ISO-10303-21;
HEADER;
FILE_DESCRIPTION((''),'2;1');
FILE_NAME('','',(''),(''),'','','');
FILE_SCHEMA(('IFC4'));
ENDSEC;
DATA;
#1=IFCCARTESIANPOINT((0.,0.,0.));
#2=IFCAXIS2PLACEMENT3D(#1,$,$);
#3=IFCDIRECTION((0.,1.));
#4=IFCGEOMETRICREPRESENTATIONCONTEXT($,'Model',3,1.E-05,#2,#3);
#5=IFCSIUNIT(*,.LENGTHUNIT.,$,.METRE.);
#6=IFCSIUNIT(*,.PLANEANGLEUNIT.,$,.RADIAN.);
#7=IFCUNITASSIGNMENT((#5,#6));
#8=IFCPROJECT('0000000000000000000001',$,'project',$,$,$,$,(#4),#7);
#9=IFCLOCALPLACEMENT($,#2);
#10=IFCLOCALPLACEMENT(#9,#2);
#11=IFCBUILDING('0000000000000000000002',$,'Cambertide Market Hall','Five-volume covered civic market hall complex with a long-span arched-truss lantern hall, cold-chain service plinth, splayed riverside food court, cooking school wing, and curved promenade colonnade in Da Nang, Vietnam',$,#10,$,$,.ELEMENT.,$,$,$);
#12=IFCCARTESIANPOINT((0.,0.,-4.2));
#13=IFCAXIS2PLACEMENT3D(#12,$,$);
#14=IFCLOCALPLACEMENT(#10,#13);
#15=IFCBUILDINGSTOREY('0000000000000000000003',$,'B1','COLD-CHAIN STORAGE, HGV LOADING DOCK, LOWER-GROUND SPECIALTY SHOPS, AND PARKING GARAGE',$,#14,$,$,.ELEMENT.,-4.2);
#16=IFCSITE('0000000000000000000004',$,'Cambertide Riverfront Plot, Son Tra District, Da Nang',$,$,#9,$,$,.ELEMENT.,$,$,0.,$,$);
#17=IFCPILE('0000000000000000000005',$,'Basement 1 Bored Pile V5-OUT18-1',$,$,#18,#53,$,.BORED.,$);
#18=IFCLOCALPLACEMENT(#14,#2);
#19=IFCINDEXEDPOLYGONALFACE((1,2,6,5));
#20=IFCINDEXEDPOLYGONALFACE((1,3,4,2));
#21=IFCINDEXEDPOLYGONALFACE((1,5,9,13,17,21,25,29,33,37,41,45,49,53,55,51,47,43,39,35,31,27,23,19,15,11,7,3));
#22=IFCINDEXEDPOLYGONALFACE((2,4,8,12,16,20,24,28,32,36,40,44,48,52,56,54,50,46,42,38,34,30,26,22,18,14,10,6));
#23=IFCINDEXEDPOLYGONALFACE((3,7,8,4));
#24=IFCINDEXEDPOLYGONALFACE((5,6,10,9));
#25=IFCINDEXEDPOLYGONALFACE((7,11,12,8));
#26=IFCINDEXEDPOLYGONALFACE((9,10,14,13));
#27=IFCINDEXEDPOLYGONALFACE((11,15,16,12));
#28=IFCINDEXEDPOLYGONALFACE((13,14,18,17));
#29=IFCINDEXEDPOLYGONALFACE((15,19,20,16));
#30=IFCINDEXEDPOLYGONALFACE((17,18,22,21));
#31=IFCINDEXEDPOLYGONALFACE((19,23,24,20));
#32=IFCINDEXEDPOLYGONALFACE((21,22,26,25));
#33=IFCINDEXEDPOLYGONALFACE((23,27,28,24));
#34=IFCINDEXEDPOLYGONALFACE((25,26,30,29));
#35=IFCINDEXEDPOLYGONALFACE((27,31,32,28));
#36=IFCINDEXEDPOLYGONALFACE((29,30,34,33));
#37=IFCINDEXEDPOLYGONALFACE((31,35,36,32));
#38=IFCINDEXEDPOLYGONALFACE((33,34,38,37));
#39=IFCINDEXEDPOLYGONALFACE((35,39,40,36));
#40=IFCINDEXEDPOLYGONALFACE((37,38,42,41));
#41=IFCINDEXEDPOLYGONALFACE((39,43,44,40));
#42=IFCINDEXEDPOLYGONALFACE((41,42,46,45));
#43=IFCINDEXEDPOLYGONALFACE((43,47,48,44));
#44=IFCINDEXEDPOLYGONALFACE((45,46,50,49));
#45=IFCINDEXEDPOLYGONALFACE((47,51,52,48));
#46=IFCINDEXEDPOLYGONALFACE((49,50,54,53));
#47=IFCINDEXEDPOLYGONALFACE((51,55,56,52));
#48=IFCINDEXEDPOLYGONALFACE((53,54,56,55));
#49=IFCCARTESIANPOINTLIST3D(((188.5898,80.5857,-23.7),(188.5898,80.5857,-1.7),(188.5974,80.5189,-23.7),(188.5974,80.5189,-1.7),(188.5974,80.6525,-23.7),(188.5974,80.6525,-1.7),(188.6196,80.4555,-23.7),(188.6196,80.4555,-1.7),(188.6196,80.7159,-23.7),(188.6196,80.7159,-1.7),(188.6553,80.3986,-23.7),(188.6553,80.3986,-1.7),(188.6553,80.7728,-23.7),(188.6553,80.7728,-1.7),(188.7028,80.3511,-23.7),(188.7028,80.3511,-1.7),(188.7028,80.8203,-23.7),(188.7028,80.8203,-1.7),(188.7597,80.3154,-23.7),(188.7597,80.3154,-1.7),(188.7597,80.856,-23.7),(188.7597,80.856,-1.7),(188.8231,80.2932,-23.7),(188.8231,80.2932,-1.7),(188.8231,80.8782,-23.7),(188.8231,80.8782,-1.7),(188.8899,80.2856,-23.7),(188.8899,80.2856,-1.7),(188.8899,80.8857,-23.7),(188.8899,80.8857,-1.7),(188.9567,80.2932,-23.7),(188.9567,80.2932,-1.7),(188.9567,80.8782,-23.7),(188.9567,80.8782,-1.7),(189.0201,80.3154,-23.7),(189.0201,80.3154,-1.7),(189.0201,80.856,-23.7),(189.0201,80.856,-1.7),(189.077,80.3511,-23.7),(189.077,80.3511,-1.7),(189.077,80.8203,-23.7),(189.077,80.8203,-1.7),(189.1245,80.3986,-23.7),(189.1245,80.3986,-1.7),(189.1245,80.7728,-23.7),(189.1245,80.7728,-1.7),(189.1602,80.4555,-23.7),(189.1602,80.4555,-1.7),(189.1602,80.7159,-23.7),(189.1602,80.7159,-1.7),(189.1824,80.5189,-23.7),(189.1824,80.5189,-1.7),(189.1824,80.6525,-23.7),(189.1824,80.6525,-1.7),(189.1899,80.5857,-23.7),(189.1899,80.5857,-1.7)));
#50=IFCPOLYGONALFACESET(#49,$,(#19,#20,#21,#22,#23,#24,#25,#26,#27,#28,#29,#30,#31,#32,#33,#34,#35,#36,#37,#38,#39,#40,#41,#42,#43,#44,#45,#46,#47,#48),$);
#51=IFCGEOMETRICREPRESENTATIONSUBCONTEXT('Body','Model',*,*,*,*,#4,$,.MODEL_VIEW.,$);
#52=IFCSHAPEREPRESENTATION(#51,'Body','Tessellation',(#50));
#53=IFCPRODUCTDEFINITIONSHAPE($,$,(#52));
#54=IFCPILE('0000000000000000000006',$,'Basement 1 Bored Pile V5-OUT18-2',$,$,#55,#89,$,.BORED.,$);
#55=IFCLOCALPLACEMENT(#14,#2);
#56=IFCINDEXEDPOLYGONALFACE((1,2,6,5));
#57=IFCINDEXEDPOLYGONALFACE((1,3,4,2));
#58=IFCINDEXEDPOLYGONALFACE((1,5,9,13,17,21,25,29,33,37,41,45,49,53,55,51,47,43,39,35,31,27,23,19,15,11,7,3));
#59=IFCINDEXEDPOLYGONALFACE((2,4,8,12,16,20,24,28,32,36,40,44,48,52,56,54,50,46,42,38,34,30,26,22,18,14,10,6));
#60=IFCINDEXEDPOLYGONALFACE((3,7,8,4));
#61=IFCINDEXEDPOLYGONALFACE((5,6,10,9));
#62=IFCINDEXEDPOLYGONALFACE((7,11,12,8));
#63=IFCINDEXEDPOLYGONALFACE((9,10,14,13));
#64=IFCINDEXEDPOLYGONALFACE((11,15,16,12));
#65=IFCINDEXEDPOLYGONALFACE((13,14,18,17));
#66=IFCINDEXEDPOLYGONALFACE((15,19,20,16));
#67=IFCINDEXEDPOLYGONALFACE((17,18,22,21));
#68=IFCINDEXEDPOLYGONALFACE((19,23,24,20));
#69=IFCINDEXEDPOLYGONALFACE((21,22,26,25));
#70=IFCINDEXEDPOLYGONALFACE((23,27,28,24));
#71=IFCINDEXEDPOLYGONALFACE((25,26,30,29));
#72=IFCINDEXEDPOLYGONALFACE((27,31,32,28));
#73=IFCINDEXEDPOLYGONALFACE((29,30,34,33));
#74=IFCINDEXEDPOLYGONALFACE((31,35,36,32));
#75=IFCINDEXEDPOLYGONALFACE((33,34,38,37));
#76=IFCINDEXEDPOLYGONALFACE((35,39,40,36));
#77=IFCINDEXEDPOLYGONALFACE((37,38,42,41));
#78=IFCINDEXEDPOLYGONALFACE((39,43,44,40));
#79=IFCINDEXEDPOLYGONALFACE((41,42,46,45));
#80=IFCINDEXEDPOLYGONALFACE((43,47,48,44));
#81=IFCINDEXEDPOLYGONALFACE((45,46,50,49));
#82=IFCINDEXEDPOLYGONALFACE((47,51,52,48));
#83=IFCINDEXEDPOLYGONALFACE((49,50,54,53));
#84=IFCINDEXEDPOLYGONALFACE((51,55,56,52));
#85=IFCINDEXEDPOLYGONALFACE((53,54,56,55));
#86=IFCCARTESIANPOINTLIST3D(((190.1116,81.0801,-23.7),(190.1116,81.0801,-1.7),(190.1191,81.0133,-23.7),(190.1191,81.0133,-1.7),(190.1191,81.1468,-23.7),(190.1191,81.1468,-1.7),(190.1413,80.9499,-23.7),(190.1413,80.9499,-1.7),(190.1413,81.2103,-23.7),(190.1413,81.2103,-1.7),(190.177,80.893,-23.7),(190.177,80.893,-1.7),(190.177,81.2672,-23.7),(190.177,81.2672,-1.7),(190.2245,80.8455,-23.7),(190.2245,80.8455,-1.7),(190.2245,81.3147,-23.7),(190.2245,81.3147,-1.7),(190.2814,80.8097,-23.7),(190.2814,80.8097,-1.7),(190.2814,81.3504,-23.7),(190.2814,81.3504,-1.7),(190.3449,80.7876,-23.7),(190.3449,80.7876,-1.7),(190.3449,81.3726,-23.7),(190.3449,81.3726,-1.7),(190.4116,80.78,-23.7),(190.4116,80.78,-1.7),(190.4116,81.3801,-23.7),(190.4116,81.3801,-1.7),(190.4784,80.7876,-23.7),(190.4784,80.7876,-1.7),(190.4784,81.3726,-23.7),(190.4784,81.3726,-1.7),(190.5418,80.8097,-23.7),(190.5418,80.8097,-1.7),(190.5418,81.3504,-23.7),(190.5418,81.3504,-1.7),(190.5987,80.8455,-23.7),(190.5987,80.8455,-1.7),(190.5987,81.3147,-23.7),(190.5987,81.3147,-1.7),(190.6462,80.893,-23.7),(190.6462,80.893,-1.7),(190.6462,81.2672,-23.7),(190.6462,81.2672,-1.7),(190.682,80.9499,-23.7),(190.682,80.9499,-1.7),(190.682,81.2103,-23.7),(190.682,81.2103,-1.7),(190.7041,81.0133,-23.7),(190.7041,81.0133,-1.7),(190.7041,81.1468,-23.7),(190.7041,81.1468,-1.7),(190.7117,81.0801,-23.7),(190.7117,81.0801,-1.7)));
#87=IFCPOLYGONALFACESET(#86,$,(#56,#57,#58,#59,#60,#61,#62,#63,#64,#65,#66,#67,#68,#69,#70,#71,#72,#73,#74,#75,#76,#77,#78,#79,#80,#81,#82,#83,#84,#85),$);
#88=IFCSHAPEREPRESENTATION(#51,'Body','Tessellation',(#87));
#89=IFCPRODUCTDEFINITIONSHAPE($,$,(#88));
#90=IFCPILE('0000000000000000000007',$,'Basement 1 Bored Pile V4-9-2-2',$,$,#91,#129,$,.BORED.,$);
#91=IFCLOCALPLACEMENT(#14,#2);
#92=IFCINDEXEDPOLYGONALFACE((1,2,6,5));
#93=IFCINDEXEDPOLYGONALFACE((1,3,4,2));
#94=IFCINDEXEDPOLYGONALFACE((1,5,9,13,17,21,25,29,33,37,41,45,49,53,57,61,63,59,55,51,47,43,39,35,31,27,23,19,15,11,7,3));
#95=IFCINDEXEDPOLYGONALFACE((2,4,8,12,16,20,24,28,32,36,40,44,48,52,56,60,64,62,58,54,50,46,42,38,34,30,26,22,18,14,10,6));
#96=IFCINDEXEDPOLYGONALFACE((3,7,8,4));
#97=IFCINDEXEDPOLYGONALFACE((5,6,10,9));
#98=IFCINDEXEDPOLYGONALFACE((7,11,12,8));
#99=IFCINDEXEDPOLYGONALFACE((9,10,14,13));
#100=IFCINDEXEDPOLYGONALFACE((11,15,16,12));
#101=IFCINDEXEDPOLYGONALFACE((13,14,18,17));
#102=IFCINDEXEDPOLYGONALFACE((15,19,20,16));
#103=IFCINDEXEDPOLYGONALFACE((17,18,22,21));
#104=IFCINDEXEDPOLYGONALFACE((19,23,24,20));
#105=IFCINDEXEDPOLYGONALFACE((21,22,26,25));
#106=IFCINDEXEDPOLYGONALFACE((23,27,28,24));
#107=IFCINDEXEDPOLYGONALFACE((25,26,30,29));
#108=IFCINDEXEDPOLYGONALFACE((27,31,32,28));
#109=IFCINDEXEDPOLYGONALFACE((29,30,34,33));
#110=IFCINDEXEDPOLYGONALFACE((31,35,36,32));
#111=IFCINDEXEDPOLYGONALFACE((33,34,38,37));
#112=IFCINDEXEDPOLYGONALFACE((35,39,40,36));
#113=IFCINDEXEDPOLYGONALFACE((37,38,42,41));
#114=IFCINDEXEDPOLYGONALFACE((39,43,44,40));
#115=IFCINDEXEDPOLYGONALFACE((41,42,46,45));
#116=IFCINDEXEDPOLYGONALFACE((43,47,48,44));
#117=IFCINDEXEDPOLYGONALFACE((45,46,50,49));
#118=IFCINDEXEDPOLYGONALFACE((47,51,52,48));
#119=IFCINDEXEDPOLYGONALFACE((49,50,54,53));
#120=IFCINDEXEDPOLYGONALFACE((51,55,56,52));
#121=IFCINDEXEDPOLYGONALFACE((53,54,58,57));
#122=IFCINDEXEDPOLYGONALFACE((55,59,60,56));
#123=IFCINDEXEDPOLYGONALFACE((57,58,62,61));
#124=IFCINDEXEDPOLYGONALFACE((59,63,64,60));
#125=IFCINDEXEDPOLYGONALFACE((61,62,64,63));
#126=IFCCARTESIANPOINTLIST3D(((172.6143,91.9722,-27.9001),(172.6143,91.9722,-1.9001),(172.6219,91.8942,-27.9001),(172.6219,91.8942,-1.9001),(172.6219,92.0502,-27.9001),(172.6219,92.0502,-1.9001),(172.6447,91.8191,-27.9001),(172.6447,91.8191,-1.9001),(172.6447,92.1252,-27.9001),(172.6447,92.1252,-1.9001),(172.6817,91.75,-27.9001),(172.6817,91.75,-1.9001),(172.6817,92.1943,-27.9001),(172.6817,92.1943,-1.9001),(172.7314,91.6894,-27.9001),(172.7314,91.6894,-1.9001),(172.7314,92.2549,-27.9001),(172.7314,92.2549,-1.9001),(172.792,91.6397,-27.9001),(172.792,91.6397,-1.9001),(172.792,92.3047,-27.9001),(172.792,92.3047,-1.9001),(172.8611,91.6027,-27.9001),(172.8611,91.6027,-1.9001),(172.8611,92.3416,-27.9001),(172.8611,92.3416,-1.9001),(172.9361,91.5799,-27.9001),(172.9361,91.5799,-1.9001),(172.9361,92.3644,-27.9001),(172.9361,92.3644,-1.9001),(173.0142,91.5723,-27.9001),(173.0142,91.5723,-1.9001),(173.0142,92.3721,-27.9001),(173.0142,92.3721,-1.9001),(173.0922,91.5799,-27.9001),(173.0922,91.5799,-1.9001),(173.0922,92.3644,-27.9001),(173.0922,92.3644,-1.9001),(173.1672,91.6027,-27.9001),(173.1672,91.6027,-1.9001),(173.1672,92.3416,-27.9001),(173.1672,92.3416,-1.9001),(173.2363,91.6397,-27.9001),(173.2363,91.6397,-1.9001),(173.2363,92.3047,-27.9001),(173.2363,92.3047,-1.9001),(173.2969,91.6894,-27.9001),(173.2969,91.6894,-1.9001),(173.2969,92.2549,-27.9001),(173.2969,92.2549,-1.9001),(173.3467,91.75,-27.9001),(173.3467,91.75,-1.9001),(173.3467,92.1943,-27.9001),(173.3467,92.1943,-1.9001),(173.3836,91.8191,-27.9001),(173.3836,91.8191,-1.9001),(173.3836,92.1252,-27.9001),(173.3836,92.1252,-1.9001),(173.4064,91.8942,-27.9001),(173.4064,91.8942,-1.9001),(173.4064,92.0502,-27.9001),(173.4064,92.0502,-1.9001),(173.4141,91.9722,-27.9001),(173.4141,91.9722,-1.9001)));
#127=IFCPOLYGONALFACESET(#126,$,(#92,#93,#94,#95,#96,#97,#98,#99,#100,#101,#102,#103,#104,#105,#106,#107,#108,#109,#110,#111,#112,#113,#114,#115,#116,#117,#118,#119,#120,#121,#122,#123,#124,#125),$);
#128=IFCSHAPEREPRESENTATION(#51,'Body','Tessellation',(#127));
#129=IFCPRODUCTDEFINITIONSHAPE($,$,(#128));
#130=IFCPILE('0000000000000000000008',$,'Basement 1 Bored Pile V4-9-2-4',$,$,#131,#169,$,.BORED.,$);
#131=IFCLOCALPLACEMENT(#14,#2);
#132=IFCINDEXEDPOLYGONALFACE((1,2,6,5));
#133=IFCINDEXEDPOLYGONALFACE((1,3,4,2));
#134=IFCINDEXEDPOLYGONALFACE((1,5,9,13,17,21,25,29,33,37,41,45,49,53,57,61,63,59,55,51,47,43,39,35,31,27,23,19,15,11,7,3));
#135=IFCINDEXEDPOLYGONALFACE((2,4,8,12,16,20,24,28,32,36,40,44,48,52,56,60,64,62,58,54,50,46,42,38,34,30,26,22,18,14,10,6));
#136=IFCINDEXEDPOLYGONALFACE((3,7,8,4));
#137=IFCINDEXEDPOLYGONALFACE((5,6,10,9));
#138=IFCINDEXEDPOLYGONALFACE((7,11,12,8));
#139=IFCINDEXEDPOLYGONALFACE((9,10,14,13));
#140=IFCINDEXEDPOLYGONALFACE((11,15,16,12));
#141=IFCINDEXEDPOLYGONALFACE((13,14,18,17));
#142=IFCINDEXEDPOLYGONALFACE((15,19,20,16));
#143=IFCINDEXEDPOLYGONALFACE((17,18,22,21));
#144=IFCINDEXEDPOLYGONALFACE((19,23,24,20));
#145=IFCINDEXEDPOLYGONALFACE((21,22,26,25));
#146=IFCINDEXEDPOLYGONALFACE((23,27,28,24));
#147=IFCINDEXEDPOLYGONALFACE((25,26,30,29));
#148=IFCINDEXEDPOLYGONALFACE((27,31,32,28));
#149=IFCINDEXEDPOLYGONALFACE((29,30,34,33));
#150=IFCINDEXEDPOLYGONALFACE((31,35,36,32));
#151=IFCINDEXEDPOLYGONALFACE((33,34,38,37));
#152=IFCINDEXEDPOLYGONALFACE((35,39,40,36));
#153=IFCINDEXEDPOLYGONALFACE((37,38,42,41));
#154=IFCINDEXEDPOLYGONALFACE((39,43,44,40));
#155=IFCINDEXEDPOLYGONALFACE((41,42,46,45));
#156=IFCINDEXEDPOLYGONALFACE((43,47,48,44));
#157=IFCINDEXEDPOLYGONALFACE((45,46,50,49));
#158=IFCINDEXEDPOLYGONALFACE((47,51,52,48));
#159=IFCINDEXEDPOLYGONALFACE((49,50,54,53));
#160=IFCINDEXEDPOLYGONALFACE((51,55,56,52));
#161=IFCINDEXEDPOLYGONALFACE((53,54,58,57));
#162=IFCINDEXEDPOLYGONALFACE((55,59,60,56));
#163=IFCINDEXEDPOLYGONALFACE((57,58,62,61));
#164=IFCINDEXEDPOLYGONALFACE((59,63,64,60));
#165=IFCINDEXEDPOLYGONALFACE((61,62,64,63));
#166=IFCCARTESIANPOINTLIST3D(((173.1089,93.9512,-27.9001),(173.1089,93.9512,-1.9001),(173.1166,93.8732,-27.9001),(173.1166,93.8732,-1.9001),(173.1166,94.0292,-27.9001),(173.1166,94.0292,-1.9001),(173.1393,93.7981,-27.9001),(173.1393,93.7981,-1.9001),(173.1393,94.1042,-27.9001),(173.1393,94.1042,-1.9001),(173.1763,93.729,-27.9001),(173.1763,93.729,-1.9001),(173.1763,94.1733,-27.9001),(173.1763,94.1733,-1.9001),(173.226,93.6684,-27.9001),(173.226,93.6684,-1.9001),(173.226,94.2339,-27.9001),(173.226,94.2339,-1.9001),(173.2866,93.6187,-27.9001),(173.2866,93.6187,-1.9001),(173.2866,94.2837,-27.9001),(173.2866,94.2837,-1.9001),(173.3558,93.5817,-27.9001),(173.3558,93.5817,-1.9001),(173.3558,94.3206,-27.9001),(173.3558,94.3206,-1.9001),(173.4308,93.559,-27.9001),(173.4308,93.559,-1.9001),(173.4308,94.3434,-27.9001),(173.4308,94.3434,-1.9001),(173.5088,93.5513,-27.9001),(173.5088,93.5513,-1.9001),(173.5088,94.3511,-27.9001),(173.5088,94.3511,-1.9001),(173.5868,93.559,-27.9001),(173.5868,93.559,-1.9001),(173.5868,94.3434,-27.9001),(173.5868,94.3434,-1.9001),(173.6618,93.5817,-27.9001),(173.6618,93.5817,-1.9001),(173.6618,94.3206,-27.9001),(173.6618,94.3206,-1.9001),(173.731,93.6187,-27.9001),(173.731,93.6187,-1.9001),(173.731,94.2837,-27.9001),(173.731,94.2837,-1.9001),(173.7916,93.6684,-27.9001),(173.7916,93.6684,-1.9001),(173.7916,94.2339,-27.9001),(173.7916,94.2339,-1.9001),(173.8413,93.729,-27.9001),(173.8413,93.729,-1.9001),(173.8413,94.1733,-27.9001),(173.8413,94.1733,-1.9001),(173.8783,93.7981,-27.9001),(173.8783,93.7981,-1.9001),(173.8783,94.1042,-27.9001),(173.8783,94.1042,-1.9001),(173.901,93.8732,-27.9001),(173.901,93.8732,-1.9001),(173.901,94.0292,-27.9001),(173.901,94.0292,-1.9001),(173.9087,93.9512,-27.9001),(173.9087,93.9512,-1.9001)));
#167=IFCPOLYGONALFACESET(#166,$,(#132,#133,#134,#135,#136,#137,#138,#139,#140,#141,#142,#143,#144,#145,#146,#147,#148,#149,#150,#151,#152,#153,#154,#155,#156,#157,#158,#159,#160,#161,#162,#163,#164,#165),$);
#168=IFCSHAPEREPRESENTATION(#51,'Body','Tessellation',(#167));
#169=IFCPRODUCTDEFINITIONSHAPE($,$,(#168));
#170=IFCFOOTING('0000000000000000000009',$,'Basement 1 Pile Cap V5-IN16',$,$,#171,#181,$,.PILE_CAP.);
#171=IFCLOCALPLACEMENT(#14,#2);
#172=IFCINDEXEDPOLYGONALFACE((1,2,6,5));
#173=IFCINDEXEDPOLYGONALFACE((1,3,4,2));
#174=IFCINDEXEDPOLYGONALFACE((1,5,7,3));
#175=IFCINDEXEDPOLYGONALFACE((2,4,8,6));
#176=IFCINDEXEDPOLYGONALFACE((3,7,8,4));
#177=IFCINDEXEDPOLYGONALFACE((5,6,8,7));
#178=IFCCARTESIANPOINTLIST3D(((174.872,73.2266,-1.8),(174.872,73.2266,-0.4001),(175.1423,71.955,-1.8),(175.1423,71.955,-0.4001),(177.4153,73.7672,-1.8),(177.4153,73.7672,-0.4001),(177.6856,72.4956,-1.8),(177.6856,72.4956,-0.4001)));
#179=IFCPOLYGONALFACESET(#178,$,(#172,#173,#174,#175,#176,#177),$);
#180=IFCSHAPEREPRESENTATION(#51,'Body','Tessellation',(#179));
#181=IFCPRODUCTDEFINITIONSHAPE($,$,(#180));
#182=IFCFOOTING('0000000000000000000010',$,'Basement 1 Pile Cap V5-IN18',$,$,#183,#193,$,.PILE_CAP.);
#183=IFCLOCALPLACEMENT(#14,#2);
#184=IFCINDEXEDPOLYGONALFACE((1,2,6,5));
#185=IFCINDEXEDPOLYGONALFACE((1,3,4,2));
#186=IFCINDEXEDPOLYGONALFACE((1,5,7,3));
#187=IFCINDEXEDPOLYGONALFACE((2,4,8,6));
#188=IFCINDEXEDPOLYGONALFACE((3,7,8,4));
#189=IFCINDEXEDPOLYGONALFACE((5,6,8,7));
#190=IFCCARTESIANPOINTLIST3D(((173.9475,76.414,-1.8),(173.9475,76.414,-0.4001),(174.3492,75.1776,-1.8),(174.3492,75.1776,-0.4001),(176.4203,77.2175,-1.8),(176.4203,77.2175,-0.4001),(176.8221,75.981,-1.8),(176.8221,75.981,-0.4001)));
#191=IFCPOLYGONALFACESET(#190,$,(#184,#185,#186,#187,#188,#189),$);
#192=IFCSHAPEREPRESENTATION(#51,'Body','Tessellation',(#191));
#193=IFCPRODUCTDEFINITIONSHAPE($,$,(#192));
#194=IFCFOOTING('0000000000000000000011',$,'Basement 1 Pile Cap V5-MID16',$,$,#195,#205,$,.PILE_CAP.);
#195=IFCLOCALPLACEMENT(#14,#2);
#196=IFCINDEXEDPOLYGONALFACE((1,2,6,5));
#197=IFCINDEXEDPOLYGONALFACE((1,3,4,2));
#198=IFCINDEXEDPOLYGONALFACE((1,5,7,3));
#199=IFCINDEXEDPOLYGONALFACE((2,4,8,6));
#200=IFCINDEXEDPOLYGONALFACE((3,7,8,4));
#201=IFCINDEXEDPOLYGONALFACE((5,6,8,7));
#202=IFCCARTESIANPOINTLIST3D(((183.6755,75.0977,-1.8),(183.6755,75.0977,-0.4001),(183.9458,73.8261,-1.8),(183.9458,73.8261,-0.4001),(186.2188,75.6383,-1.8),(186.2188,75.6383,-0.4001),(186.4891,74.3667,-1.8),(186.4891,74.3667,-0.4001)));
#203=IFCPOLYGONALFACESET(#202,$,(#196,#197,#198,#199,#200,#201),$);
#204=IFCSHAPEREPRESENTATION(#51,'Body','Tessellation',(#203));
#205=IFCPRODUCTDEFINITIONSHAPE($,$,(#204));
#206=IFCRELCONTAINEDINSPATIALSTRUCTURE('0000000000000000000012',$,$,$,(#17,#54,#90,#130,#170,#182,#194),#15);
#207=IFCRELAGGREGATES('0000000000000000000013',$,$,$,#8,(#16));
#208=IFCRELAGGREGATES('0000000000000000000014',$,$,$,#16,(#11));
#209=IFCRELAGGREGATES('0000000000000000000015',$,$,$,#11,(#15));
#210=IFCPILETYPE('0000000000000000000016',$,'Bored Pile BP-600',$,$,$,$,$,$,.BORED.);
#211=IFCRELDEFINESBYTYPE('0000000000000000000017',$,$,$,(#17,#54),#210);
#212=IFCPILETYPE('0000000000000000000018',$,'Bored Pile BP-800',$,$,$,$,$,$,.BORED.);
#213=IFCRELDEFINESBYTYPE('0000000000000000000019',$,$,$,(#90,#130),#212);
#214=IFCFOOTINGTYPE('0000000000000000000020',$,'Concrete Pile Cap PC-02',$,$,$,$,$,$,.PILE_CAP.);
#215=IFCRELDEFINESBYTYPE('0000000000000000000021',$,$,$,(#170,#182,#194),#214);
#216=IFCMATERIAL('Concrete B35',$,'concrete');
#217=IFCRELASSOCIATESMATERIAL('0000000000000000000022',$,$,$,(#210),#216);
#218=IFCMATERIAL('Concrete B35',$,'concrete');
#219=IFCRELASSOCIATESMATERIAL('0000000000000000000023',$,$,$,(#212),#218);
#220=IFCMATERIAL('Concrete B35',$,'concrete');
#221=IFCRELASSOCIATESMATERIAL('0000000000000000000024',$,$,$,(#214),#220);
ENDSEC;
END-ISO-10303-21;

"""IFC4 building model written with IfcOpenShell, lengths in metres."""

from ifc_helpers import new_model, si_unit, direction, frame, origin, origin_2d, place, context, subcontext, project, spatial, rectangle, circle, extrude, material, material_profile, profile_set, type_object, element, save


model = new_model("IFC4")

# Units and contexts
model_context = context("Model", 3, precision=1e-05, world=origin(), true_north=direction((0.0, 1.0)))
body_context = subcontext(model_context, "Body", "Model", "MODEL_VIEW")
ifc_project = project(units=[si_unit("LENGTHUNIT", "METRE"), si_unit("PLANEANGLEUNIT", "RADIAN")], contexts=[model_context])

# Site, building, storey
site_placement = place(None, origin())
site = spatial("IfcSite", under=ifc_project, at=site_placement, Name="Cambertide Riverfront Plot, Son Tra District, Da Nang", CompositionType="ELEMENT", RefElevation=0.0)
building_placement = place(site_placement, origin())
building = spatial("IfcBuilding", under=site, at=building_placement, Name="Cambertide Market Hall", Description="Five-volume covered civic market hall complex with a long-span arched-truss lantern hall, cold-chain service plinth, splayed riverside food court, cooking school wing, and curved promenade colonnade in Da Nang, Vietnam", CompositionType="ELEMENT")
storey_placement = place(building_placement, frame((0.0, 0.0, -4.2)))
storey = spatial("IfcBuildingStorey", under=building, at=storey_placement, Name="B1", Description="COLD-CHAIN STORAGE, HGV LOADING DOCK, LOWER-GROUND SPECIALTY SHOPS, AND PARKING GARAGE", CompositionType="ELEMENT", Elevation=-4.2)

# Piles
ifc_material_1 = material(Name="Concrete B35", Category="concrete")
ifc_material_profile_1 = material_profile(ifc_material_1, circle(Radius=0.3, at=origin_2d()), Name="BP D600")
ifc_profile_set_1 = profile_set([ifc_material_profile_1], Name="Concrete B35")
pile_type_1 = type_object("IfcPileType", Name="Bored Pile BP-600", PredefinedType="BORED", material=ifc_profile_set_1)
for number, where, z_axis, x_axis, name in (
    (1, (188.8899, 80.5857, -1.7), (0.0, 0.0, -1.0), (1.0, 0.0, 0.0), "Basement 1 Bored Pile V5-OUT18-1"),
    (2, (190.4116, 81.0801, -1.7), (0.0, 0.0, -1.0), (1.0, 0.0, 0.0), "Basement 1 Bored Pile V5-OUT18-2"),
):
    element("IfcPile", number, at=place(storey_placement, frame(where, z_axis=z_axis, x_axis=x_axis)), inside=storey, type_object=pile_type_1, Name=name, PredefinedType="BORED", context=body_context, shape_type="SweptSolid", body=[
        extrude(circle(Radius=0.3, at=origin_2d()), origin(), (0.0, 0.0, 1.0), 22.0),
    ])
ifc_material_2 = material(Name="Concrete B35", Category="concrete")
ifc_material_profile_2 = material_profile(ifc_material_2, circle(Radius=0.3999, at=origin_2d()), Name="BP D800")
ifc_profile_set_2 = profile_set([ifc_material_profile_2], Name="Concrete B35")
pile_type_2 = type_object("IfcPileType", Name="Bored Pile BP-800", PredefinedType="BORED", material=ifc_profile_set_2)
for number, where, z_axis, x_axis, name in (
    (3, (173.0142, 91.9722, -1.9001), (0.0, 0.0, -1.0), (1.0, 0.0, 0.0), "Basement 1 Bored Pile V4-9-2-2"),
    (4, (173.5088, 93.9512, -1.9001), (0.0, 0.0, -1.0), (1.0, 0.0, 0.0), "Basement 1 Bored Pile V4-9-2-4"),
):
    element("IfcPile", number, at=place(storey_placement, frame(where, z_axis=z_axis, x_axis=x_axis)), inside=storey, type_object=pile_type_2, Name=name, PredefinedType="BORED", context=body_context, shape_type="SweptSolid", body=[
        extrude(circle(Radius=0.3999, at=origin_2d()), origin(), (0.0, 0.0, 1.0), 26.0),
    ])

# Footings
ifc_material_3 = material(Name="Concrete B35", Category="concrete")
footing_type = type_object("IfcFootingType", Name="Concrete Pile Cap PC-02", PredefinedType="PILE_CAP", material=ifc_material_3)
for number, where, z_axis, x_axis, name in (
    (5, (176.2788, 72.8611, -1.8), (0.0, 0.0, 1.0), (0.978148, 0.207912, 0.0), "Basement 1 Pile Cap V5-IN16"),
    (6, (175.3848, 76.1975, -1.8), (0.0, 0.0, 1.0), (0.951057, 0.309017, 0.0), "Basement 1 Pile Cap V5-IN18"),
    (7, (185.0823, 74.7322, -1.8), (0.0, 0.0, 1.0), (0.978148, 0.207912, 0.0), "Basement 1 Pile Cap V5-MID16"),
):
    element("IfcFooting", number, at=place(storey_placement, frame(where, z_axis=z_axis, x_axis=x_axis)), inside=storey, type_object=footing_type, Name=name, PredefinedType="PILE_CAP", context=body_context, shape_type="SweptSolid", body=[
        extrude(rectangle(XDim=2.6001, YDim=1.3, at=origin_2d()), origin(), (0.0, 0.0, 1.0), 1.3999),
    ])

save(model, "model.ifc")
